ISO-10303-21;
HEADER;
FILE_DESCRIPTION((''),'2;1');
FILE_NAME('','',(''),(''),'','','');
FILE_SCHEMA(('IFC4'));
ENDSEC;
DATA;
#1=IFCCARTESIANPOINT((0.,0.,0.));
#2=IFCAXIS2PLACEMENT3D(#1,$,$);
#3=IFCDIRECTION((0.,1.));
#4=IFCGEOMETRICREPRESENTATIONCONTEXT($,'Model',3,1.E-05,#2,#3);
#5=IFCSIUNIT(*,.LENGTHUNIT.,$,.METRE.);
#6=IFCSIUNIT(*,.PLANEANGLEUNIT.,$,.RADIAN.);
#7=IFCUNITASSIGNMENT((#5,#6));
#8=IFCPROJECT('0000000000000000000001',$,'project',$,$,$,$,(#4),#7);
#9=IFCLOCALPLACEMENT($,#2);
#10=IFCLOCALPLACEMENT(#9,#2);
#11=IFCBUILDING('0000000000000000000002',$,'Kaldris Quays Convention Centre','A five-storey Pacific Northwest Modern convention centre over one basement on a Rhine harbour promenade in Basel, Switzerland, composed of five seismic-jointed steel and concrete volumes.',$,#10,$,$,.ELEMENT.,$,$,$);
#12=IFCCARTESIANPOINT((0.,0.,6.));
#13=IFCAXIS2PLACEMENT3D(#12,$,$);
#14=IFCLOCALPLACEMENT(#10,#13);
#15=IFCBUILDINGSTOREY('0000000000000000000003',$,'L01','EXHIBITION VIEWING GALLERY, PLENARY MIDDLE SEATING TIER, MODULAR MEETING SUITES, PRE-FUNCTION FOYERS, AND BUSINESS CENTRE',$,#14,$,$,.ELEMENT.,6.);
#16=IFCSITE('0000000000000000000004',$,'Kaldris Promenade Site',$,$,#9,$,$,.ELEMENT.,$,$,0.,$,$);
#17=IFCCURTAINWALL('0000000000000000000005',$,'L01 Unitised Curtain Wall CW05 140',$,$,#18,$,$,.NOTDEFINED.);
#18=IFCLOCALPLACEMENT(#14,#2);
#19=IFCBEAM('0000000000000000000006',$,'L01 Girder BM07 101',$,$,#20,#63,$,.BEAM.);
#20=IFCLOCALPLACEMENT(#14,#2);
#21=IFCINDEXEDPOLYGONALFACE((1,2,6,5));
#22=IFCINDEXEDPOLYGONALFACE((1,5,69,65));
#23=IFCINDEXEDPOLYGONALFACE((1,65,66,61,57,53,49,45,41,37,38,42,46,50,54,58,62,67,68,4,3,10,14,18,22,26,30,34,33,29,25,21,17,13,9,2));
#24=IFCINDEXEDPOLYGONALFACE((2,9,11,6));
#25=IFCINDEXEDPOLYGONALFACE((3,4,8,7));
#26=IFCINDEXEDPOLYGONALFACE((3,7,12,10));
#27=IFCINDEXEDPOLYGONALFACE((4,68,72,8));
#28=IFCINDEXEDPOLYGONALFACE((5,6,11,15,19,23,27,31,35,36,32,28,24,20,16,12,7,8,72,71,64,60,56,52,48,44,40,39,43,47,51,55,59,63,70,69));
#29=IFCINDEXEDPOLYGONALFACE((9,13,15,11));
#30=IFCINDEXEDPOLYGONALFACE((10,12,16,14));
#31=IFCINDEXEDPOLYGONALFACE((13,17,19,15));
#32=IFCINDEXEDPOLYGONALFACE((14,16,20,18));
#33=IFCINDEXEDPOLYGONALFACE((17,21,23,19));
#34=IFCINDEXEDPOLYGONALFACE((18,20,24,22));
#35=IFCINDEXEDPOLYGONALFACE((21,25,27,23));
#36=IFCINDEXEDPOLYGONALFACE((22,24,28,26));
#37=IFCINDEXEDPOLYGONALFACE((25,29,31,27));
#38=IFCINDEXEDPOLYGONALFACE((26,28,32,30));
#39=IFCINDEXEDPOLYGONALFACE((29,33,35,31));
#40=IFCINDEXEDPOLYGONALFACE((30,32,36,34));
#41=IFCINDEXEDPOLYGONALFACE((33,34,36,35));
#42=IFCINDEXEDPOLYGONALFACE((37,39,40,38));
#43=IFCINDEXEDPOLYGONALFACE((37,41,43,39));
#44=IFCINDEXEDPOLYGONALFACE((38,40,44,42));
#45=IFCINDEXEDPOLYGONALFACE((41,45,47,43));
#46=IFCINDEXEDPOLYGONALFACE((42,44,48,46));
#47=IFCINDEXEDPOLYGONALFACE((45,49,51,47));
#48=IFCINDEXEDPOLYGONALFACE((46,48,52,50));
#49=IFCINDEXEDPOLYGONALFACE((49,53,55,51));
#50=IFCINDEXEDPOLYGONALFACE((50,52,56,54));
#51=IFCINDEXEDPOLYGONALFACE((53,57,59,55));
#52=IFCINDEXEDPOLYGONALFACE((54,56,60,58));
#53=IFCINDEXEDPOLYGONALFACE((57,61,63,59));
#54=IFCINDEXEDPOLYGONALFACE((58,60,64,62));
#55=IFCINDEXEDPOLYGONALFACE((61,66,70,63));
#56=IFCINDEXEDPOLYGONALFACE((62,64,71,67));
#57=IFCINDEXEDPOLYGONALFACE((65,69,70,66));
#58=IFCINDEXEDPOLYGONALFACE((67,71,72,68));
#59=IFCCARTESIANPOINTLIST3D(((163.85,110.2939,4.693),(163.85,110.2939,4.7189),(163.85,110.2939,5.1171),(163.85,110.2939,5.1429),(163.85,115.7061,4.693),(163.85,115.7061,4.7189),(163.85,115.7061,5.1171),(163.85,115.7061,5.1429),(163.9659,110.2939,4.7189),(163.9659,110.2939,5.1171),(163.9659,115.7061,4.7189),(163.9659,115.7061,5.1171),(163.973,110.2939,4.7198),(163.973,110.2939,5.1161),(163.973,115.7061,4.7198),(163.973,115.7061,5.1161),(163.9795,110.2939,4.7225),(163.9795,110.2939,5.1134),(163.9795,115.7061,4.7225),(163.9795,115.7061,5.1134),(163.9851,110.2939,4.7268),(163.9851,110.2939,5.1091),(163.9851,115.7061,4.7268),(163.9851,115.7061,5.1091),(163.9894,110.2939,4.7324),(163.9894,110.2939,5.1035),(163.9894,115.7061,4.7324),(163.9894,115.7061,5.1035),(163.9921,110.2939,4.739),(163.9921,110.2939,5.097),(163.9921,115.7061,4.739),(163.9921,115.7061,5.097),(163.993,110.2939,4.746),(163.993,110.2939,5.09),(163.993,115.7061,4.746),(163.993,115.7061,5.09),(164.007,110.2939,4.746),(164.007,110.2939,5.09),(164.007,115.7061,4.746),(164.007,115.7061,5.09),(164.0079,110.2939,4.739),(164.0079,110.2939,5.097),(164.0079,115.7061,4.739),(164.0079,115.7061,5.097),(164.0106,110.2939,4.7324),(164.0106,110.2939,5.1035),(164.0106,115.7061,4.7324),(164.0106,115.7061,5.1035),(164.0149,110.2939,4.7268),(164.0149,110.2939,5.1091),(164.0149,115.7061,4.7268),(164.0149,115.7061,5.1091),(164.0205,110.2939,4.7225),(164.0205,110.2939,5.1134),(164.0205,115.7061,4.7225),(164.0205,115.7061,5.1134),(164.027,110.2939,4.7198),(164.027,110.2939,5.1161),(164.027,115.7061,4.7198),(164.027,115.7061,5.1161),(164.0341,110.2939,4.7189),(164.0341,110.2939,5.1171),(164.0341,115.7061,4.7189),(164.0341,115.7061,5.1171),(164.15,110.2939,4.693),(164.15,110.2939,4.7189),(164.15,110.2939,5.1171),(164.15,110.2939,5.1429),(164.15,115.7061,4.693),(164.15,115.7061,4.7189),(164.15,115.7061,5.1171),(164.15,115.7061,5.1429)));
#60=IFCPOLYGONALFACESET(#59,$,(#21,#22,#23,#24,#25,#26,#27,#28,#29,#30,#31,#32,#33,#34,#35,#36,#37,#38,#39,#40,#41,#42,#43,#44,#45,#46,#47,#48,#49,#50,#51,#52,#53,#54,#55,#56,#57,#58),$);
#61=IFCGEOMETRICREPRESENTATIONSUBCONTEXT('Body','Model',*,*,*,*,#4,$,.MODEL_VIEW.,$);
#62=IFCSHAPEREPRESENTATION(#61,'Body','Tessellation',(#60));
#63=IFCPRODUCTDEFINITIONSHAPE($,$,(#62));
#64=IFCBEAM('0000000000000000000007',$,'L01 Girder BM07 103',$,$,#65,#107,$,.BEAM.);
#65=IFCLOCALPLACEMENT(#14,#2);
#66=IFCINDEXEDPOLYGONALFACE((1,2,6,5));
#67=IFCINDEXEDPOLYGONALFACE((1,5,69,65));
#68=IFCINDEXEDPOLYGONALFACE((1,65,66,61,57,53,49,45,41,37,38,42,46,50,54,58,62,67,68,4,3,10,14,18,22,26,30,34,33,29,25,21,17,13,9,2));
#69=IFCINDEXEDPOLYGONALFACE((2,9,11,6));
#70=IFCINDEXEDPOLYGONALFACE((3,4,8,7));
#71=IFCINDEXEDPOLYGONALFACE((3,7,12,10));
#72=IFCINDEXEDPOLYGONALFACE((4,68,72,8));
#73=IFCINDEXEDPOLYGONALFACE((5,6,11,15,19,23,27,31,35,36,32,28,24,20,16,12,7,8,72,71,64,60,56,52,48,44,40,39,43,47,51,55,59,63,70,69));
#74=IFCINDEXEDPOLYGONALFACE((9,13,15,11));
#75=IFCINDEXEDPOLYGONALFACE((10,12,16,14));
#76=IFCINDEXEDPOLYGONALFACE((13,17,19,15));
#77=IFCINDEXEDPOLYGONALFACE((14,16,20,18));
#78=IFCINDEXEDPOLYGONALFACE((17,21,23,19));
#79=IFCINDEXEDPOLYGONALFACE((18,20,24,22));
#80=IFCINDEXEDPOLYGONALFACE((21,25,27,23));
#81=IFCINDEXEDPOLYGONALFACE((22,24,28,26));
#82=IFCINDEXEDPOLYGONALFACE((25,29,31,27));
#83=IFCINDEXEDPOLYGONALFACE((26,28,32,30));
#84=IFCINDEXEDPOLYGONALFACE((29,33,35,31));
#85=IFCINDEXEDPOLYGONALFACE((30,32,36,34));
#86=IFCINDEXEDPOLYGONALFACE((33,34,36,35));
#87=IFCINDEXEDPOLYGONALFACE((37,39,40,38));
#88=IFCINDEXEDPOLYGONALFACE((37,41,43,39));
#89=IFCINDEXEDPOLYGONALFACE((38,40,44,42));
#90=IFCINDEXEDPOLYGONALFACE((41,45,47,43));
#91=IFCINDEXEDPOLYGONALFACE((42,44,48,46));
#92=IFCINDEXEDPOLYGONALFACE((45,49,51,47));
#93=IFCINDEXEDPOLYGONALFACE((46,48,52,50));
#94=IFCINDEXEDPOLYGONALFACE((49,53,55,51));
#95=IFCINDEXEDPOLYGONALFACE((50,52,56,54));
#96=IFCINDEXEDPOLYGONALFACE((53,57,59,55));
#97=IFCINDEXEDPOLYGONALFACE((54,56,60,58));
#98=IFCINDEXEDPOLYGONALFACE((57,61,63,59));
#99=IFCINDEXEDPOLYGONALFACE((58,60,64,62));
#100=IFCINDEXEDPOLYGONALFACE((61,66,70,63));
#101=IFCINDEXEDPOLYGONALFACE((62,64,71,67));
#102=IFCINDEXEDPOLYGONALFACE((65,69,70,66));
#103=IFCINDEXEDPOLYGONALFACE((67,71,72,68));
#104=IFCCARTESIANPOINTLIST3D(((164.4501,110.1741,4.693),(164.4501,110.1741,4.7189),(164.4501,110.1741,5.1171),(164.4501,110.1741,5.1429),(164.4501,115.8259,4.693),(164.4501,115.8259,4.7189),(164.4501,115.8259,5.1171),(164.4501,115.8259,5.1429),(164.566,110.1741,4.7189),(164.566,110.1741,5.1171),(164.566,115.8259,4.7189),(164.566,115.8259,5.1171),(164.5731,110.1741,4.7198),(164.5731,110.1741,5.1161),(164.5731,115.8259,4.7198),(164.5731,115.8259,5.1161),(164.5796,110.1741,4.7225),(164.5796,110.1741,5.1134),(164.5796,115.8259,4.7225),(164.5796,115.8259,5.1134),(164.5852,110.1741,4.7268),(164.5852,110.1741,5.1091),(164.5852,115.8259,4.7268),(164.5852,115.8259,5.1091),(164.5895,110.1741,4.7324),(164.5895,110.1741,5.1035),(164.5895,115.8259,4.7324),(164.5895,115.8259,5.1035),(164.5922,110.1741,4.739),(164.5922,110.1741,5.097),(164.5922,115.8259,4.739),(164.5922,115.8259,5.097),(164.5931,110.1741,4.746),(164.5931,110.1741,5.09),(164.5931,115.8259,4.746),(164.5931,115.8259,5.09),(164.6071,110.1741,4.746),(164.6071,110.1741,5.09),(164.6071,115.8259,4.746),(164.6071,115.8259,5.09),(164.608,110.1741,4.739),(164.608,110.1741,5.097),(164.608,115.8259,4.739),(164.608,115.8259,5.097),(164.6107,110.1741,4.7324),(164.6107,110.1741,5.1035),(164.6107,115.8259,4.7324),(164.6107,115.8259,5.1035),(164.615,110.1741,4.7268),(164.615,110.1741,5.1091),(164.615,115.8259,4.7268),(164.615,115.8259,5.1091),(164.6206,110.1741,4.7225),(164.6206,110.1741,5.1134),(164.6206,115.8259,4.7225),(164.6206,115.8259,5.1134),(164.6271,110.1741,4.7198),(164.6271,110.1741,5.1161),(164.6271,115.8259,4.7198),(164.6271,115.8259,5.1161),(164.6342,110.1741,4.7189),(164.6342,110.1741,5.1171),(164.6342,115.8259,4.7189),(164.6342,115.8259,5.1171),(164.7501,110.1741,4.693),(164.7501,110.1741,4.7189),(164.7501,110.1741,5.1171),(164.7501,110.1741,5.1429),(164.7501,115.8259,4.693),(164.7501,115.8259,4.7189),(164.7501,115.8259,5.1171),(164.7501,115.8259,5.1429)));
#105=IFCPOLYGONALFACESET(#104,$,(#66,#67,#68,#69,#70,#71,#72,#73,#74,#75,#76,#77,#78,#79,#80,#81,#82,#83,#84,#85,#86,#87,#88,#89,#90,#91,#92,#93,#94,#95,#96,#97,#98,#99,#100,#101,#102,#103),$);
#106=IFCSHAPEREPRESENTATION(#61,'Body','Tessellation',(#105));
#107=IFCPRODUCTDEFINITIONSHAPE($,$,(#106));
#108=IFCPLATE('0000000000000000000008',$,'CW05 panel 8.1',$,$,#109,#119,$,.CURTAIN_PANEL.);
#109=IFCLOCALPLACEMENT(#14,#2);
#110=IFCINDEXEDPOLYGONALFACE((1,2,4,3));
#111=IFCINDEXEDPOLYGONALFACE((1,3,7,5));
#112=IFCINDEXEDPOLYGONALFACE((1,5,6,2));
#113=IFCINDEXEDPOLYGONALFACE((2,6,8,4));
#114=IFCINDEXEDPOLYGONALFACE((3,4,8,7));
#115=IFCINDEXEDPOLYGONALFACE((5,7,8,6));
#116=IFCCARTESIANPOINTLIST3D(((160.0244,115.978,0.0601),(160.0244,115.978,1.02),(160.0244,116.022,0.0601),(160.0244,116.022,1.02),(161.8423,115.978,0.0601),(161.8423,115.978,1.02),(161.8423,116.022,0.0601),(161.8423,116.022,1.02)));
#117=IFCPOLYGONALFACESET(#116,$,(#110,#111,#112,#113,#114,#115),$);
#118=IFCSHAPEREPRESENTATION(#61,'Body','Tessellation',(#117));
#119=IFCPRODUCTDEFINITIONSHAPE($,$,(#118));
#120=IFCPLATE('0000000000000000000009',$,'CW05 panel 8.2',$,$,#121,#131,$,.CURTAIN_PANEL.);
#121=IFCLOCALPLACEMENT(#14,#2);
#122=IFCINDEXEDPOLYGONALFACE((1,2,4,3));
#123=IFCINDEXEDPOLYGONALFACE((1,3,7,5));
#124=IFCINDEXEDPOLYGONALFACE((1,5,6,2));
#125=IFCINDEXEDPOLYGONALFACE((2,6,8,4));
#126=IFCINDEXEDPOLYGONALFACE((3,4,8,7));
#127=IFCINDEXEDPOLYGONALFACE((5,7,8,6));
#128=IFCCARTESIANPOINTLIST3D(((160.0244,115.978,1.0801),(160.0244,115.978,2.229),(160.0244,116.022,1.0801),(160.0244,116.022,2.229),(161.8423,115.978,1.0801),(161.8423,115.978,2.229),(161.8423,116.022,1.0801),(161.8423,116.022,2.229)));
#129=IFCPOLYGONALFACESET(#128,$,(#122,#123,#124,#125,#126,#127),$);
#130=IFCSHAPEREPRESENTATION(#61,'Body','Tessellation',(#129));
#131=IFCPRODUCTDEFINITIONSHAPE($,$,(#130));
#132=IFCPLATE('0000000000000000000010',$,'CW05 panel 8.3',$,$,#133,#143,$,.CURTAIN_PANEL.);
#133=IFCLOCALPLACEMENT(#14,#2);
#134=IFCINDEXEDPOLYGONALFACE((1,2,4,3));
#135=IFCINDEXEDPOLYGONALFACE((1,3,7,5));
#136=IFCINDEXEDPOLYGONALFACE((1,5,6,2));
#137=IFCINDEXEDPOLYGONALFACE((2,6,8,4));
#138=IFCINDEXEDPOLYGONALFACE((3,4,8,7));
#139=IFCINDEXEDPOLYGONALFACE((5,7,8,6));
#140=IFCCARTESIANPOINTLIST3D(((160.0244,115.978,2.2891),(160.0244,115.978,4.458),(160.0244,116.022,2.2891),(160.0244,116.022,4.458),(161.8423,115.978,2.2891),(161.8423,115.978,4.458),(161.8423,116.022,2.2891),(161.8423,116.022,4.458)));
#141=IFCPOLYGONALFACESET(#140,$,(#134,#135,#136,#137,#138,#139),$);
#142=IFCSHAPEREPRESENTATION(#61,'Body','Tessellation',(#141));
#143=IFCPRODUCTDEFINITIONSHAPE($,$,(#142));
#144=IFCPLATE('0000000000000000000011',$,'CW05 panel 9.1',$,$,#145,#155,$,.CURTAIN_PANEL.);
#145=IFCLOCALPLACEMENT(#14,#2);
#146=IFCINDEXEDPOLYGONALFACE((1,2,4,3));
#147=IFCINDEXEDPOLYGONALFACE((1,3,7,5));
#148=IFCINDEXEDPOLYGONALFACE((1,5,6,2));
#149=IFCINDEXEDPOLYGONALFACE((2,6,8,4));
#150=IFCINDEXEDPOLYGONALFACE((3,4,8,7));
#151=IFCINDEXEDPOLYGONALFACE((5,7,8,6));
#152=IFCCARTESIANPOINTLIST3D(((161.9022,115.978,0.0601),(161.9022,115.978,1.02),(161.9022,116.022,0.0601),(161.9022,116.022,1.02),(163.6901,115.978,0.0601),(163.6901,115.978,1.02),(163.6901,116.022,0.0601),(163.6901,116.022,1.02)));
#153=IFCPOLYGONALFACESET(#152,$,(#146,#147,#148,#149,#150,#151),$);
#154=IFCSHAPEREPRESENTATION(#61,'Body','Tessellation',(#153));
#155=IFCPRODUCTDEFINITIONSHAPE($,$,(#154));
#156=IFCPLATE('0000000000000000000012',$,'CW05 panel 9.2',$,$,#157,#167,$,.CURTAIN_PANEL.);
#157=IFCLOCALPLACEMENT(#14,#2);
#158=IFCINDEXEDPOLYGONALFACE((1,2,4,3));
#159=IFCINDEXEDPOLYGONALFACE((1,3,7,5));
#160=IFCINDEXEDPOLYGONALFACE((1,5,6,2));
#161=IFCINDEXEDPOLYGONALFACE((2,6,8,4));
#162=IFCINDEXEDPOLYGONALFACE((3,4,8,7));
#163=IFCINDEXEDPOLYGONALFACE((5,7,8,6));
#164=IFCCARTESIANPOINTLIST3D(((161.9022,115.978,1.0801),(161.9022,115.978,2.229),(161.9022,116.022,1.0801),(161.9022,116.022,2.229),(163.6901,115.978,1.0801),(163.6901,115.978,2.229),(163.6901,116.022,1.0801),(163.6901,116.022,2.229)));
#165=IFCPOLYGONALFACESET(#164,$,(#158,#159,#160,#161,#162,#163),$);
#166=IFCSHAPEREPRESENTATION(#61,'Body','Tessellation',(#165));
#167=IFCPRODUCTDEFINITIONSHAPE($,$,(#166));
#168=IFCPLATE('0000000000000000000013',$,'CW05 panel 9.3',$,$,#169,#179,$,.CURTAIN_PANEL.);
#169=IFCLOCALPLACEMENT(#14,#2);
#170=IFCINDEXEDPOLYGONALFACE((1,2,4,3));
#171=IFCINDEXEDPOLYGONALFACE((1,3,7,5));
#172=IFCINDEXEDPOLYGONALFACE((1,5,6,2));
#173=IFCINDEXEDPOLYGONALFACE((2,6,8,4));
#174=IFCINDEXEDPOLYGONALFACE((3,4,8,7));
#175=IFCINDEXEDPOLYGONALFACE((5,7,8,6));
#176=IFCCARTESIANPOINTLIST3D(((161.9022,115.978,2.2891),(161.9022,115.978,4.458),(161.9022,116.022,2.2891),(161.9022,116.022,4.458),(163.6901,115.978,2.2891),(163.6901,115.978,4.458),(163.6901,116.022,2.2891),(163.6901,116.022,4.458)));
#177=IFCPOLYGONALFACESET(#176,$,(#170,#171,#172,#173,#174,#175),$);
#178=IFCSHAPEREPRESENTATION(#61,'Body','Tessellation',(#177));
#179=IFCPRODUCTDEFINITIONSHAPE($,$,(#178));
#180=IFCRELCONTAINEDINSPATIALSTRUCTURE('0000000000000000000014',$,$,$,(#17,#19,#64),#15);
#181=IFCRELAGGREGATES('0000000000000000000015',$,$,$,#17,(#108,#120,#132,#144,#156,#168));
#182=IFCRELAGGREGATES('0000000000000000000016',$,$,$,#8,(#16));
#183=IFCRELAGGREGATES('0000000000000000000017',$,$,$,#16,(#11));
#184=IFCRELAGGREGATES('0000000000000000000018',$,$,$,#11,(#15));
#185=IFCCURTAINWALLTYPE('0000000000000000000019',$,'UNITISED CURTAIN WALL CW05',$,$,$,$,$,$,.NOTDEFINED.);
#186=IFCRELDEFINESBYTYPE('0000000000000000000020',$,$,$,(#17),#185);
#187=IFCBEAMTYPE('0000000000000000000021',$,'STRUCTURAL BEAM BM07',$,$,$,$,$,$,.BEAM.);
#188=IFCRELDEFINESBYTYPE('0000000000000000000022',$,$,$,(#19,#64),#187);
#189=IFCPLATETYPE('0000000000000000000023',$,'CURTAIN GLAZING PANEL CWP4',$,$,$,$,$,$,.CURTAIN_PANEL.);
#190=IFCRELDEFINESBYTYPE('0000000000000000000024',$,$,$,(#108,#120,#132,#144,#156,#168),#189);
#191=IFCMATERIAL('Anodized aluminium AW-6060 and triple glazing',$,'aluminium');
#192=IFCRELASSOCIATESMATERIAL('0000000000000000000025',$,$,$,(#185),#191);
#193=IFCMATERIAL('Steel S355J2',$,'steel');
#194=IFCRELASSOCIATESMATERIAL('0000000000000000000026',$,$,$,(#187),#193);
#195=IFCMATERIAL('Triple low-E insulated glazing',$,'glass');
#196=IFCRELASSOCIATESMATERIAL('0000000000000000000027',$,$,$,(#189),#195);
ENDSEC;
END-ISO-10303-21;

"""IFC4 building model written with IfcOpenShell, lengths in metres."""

from ifc_helpers import new_model, si_unit, direction, frame, origin, origin_2d, place, context, subcontext, project, spatial, rectangle, i_section, extrude, material, material_profile, profile_set, type_object, element, aggregate, save


model = new_model("IFC4")

# Units and contexts
model_context = context("Model", 3, precision=1e-05, world=origin(), true_north=direction((0.0, 1.0)))
body_context = subcontext(model_context, "Body", "Model", "MODEL_VIEW")
ifc_project = project(units=[si_unit("LENGTHUNIT", "METRE"), si_unit("PLANEANGLEUNIT", "RADIAN")], contexts=[model_context])

# Site, building, storey
site_placement = place(None, origin())
site = spatial("IfcSite", under=ifc_project, at=site_placement, Name="Kaldris Promenade Site", CompositionType="ELEMENT", RefElevation=0.0)
building_placement = place(site_placement, origin())
building = spatial("IfcBuilding", under=site, at=building_placement, Name="Kaldris Quays Convention Centre", Description="A five-storey Pacific Northwest Modern convention centre over one basement on a Rhine harbour promenade in Basel, Switzerland, composed of five seismic-jointed steel and concrete volumes.", CompositionType="ELEMENT")
storey_placement = place(building_placement, frame((0.0, 0.0, 6.0)))
storey = spatial("IfcBuildingStorey", under=building, at=storey_placement, Name="L01", Description="EXHIBITION VIEWING GALLERY, PLENARY MIDDLE SEATING TIER, MODULAR MEETING SUITES, PRE-FUNCTION FOYERS, AND BUSINESS CENTRE", CompositionType="ELEMENT", Elevation=6.0)

# Shared definitions
ifc_material_1 = material(Name="Steel S355J2", Category="steel")

# Curtain wall
ifc_material_2 = material(Name="Anodized aluminium AW-6060 and triple glazing", Category="aluminium")
curtain_wall_type_1 = type_object("IfcCurtainWallType", Name="UNITISED CURTAIN WALL CW05", PredefinedType="NOTDEFINED", material=ifc_material_2)
curtain_wall_1_placement = place(storey_placement, origin())
curtain_wall_1 = element("IfcCurtainWall", 1, at=curtain_wall_1_placement, inside=storey, type_object=curtain_wall_type_1, Name="L01 Unitised Curtain Wall CW05 140", PredefinedType="NOTDEFINED")

# Beams
ifc_material_profile_1 = material_profile(ifc_material_1, i_section(OverallWidth=0.3, OverallDepth=0.45, WebThickness=0.0139, FlangeThickness=0.0259, FilletRadius=0.0271, at=origin_2d()), Name="HEB 450")
ifc_profile_set_1 = profile_set([ifc_material_profile_1], Name="Steel S355J2")
beam_type_1 = type_object("IfcBeamType", Name="STRUCTURAL BEAM BM07", PredefinedType="BEAM", material=ifc_profile_set_1)
beam_1_placement = place(storey_placement, frame((164.0, 110.2939, 4.918), z_axis=(0.0, 1.0, 0.0), x_axis=(-1.0, 0.0, 0.0)))
element("IfcBeam", 2, at=beam_1_placement, inside=storey, type_object=beam_type_1, Name="L01 Girder BM07 101", PredefinedType="BEAM", context=body_context, shape_type="SweptSolid", body=[
    extrude(i_section(OverallWidth=0.3, OverallDepth=0.45, WebThickness=0.0139, FlangeThickness=0.0259, FilletRadius=0.0271, at=origin_2d()), origin(), (0.0, 0.0, 1.0), 5.4121),
])
beam_2_placement = place(storey_placement, frame((164.6001, 110.1741, 4.918), z_axis=(0.0, 1.0, 0.0), x_axis=(-1.0, 0.0, 0.0)))
element("IfcBeam", 3, at=beam_2_placement, inside=storey, type_object=beam_type_1, Name="L01 Girder BM07 103", PredefinedType="BEAM", context=body_context, shape_type="SweptSolid", body=[
    extrude(i_section(OverallWidth=0.3, OverallDepth=0.45, WebThickness=0.0139, FlangeThickness=0.0259, FilletRadius=0.0271, at=origin_2d()), origin(), (0.0, 0.0, 1.0), 5.6519),
])

# Plates
ifc_material_3 = material(Name="Triple low-E insulated glazing", Category="glass")
plate_type = type_object("IfcPlateType", Name="CURTAIN GLAZING PANEL CWP4", PredefinedType="CURTAIN_PANEL", material=ifc_material_3)
plate_1_placement = place(storey_placement, frame((160.9333, 116.0, 0.0601), z_axis=(0.0, 0.0, 1.0), x_axis=(1.0, 0.0, 0.0)))
plate_1 = element("IfcPlate", 4, at=plate_1_placement, type_object=plate_type, Name="CW05 panel 8.1", PredefinedType="CURTAIN_PANEL", context=body_context, shape_type="SweptSolid", body=[
    extrude(rectangle(XDim=1.8179, YDim=0.0439, at=origin_2d()), origin(), (0.0, 0.0, 1.0), 0.96),
])
plate_2_placement = place(storey_placement, frame((160.9333, 116.0, 1.0801), z_axis=(0.0, 0.0, 1.0), x_axis=(1.0, 0.0, 0.0)))
plate_2 = element("IfcPlate", 5, at=plate_2_placement, type_object=plate_type, Name="CW05 panel 8.2", PredefinedType="CURTAIN_PANEL", context=body_context, shape_type="SweptSolid", body=[
    extrude(rectangle(XDim=1.8179, YDim=0.0439, at=origin_2d()), origin(), (0.0, 0.0, 1.0), 1.1489),
])
plate_3_placement = place(storey_placement, frame((160.9333, 116.0, 2.2891), z_axis=(0.0, 0.0, 1.0), x_axis=(1.0, 0.0, 0.0)))
plate_3 = element("IfcPlate", 6, at=plate_3_placement, type_object=plate_type, Name="CW05 panel 8.3", PredefinedType="CURTAIN_PANEL", context=body_context, shape_type="SweptSolid", body=[
    extrude(rectangle(XDim=1.8179, YDim=0.0439, at=origin_2d()), origin(), (0.0, 0.0, 1.0), 2.1689),
])
plate_4_placement = place(storey_placement, frame((162.7961, 116.0, 0.0601), z_axis=(0.0, 0.0, 1.0), x_axis=(1.0, 0.0, 0.0)))
plate_4 = element("IfcPlate", 7, at=plate_4_placement, type_object=plate_type, Name="CW05 panel 9.1", PredefinedType="CURTAIN_PANEL", context=body_context, shape_type="SweptSolid", body=[
    extrude(rectangle(XDim=1.7878, YDim=0.0439, at=origin_2d()), origin(), (0.0, 0.0, 1.0), 0.96),
])
plate_5_placement = place(storey_placement, frame((162.7961, 116.0, 1.0801), z_axis=(0.0, 0.0, 1.0), x_axis=(1.0, 0.0, 0.0)))
plate_5 = element("IfcPlate", 8, at=plate_5_placement, type_object=plate_type, Name="CW05 panel 9.2", PredefinedType="CURTAIN_PANEL", context=body_context, shape_type="SweptSolid", body=[
    extrude(rectangle(XDim=1.7878, YDim=0.0439, at=origin_2d()), origin(), (0.0, 0.0, 1.0), 1.1489),
])
plate_6_placement = place(storey_placement, frame((162.7961, 116.0, 2.2891), z_axis=(0.0, 0.0, 1.0), x_axis=(1.0, 0.0, 0.0)))
plate_6 = element("IfcPlate", 9, at=plate_6_placement, type_object=plate_type, Name="CW05 panel 9.3", PredefinedType="CURTAIN_PANEL", context=body_context, shape_type="SweptSolid", body=[
    extrude(rectangle(XDim=1.7878, YDim=0.0439, at=origin_2d()), origin(), (0.0, 0.0, 1.0), 2.1689),
])
aggregate(curtain_wall_1, [plate_1, plate_2, plate_3, plate_4, plate_5, plate_6])

save(model, "model.ifc")
